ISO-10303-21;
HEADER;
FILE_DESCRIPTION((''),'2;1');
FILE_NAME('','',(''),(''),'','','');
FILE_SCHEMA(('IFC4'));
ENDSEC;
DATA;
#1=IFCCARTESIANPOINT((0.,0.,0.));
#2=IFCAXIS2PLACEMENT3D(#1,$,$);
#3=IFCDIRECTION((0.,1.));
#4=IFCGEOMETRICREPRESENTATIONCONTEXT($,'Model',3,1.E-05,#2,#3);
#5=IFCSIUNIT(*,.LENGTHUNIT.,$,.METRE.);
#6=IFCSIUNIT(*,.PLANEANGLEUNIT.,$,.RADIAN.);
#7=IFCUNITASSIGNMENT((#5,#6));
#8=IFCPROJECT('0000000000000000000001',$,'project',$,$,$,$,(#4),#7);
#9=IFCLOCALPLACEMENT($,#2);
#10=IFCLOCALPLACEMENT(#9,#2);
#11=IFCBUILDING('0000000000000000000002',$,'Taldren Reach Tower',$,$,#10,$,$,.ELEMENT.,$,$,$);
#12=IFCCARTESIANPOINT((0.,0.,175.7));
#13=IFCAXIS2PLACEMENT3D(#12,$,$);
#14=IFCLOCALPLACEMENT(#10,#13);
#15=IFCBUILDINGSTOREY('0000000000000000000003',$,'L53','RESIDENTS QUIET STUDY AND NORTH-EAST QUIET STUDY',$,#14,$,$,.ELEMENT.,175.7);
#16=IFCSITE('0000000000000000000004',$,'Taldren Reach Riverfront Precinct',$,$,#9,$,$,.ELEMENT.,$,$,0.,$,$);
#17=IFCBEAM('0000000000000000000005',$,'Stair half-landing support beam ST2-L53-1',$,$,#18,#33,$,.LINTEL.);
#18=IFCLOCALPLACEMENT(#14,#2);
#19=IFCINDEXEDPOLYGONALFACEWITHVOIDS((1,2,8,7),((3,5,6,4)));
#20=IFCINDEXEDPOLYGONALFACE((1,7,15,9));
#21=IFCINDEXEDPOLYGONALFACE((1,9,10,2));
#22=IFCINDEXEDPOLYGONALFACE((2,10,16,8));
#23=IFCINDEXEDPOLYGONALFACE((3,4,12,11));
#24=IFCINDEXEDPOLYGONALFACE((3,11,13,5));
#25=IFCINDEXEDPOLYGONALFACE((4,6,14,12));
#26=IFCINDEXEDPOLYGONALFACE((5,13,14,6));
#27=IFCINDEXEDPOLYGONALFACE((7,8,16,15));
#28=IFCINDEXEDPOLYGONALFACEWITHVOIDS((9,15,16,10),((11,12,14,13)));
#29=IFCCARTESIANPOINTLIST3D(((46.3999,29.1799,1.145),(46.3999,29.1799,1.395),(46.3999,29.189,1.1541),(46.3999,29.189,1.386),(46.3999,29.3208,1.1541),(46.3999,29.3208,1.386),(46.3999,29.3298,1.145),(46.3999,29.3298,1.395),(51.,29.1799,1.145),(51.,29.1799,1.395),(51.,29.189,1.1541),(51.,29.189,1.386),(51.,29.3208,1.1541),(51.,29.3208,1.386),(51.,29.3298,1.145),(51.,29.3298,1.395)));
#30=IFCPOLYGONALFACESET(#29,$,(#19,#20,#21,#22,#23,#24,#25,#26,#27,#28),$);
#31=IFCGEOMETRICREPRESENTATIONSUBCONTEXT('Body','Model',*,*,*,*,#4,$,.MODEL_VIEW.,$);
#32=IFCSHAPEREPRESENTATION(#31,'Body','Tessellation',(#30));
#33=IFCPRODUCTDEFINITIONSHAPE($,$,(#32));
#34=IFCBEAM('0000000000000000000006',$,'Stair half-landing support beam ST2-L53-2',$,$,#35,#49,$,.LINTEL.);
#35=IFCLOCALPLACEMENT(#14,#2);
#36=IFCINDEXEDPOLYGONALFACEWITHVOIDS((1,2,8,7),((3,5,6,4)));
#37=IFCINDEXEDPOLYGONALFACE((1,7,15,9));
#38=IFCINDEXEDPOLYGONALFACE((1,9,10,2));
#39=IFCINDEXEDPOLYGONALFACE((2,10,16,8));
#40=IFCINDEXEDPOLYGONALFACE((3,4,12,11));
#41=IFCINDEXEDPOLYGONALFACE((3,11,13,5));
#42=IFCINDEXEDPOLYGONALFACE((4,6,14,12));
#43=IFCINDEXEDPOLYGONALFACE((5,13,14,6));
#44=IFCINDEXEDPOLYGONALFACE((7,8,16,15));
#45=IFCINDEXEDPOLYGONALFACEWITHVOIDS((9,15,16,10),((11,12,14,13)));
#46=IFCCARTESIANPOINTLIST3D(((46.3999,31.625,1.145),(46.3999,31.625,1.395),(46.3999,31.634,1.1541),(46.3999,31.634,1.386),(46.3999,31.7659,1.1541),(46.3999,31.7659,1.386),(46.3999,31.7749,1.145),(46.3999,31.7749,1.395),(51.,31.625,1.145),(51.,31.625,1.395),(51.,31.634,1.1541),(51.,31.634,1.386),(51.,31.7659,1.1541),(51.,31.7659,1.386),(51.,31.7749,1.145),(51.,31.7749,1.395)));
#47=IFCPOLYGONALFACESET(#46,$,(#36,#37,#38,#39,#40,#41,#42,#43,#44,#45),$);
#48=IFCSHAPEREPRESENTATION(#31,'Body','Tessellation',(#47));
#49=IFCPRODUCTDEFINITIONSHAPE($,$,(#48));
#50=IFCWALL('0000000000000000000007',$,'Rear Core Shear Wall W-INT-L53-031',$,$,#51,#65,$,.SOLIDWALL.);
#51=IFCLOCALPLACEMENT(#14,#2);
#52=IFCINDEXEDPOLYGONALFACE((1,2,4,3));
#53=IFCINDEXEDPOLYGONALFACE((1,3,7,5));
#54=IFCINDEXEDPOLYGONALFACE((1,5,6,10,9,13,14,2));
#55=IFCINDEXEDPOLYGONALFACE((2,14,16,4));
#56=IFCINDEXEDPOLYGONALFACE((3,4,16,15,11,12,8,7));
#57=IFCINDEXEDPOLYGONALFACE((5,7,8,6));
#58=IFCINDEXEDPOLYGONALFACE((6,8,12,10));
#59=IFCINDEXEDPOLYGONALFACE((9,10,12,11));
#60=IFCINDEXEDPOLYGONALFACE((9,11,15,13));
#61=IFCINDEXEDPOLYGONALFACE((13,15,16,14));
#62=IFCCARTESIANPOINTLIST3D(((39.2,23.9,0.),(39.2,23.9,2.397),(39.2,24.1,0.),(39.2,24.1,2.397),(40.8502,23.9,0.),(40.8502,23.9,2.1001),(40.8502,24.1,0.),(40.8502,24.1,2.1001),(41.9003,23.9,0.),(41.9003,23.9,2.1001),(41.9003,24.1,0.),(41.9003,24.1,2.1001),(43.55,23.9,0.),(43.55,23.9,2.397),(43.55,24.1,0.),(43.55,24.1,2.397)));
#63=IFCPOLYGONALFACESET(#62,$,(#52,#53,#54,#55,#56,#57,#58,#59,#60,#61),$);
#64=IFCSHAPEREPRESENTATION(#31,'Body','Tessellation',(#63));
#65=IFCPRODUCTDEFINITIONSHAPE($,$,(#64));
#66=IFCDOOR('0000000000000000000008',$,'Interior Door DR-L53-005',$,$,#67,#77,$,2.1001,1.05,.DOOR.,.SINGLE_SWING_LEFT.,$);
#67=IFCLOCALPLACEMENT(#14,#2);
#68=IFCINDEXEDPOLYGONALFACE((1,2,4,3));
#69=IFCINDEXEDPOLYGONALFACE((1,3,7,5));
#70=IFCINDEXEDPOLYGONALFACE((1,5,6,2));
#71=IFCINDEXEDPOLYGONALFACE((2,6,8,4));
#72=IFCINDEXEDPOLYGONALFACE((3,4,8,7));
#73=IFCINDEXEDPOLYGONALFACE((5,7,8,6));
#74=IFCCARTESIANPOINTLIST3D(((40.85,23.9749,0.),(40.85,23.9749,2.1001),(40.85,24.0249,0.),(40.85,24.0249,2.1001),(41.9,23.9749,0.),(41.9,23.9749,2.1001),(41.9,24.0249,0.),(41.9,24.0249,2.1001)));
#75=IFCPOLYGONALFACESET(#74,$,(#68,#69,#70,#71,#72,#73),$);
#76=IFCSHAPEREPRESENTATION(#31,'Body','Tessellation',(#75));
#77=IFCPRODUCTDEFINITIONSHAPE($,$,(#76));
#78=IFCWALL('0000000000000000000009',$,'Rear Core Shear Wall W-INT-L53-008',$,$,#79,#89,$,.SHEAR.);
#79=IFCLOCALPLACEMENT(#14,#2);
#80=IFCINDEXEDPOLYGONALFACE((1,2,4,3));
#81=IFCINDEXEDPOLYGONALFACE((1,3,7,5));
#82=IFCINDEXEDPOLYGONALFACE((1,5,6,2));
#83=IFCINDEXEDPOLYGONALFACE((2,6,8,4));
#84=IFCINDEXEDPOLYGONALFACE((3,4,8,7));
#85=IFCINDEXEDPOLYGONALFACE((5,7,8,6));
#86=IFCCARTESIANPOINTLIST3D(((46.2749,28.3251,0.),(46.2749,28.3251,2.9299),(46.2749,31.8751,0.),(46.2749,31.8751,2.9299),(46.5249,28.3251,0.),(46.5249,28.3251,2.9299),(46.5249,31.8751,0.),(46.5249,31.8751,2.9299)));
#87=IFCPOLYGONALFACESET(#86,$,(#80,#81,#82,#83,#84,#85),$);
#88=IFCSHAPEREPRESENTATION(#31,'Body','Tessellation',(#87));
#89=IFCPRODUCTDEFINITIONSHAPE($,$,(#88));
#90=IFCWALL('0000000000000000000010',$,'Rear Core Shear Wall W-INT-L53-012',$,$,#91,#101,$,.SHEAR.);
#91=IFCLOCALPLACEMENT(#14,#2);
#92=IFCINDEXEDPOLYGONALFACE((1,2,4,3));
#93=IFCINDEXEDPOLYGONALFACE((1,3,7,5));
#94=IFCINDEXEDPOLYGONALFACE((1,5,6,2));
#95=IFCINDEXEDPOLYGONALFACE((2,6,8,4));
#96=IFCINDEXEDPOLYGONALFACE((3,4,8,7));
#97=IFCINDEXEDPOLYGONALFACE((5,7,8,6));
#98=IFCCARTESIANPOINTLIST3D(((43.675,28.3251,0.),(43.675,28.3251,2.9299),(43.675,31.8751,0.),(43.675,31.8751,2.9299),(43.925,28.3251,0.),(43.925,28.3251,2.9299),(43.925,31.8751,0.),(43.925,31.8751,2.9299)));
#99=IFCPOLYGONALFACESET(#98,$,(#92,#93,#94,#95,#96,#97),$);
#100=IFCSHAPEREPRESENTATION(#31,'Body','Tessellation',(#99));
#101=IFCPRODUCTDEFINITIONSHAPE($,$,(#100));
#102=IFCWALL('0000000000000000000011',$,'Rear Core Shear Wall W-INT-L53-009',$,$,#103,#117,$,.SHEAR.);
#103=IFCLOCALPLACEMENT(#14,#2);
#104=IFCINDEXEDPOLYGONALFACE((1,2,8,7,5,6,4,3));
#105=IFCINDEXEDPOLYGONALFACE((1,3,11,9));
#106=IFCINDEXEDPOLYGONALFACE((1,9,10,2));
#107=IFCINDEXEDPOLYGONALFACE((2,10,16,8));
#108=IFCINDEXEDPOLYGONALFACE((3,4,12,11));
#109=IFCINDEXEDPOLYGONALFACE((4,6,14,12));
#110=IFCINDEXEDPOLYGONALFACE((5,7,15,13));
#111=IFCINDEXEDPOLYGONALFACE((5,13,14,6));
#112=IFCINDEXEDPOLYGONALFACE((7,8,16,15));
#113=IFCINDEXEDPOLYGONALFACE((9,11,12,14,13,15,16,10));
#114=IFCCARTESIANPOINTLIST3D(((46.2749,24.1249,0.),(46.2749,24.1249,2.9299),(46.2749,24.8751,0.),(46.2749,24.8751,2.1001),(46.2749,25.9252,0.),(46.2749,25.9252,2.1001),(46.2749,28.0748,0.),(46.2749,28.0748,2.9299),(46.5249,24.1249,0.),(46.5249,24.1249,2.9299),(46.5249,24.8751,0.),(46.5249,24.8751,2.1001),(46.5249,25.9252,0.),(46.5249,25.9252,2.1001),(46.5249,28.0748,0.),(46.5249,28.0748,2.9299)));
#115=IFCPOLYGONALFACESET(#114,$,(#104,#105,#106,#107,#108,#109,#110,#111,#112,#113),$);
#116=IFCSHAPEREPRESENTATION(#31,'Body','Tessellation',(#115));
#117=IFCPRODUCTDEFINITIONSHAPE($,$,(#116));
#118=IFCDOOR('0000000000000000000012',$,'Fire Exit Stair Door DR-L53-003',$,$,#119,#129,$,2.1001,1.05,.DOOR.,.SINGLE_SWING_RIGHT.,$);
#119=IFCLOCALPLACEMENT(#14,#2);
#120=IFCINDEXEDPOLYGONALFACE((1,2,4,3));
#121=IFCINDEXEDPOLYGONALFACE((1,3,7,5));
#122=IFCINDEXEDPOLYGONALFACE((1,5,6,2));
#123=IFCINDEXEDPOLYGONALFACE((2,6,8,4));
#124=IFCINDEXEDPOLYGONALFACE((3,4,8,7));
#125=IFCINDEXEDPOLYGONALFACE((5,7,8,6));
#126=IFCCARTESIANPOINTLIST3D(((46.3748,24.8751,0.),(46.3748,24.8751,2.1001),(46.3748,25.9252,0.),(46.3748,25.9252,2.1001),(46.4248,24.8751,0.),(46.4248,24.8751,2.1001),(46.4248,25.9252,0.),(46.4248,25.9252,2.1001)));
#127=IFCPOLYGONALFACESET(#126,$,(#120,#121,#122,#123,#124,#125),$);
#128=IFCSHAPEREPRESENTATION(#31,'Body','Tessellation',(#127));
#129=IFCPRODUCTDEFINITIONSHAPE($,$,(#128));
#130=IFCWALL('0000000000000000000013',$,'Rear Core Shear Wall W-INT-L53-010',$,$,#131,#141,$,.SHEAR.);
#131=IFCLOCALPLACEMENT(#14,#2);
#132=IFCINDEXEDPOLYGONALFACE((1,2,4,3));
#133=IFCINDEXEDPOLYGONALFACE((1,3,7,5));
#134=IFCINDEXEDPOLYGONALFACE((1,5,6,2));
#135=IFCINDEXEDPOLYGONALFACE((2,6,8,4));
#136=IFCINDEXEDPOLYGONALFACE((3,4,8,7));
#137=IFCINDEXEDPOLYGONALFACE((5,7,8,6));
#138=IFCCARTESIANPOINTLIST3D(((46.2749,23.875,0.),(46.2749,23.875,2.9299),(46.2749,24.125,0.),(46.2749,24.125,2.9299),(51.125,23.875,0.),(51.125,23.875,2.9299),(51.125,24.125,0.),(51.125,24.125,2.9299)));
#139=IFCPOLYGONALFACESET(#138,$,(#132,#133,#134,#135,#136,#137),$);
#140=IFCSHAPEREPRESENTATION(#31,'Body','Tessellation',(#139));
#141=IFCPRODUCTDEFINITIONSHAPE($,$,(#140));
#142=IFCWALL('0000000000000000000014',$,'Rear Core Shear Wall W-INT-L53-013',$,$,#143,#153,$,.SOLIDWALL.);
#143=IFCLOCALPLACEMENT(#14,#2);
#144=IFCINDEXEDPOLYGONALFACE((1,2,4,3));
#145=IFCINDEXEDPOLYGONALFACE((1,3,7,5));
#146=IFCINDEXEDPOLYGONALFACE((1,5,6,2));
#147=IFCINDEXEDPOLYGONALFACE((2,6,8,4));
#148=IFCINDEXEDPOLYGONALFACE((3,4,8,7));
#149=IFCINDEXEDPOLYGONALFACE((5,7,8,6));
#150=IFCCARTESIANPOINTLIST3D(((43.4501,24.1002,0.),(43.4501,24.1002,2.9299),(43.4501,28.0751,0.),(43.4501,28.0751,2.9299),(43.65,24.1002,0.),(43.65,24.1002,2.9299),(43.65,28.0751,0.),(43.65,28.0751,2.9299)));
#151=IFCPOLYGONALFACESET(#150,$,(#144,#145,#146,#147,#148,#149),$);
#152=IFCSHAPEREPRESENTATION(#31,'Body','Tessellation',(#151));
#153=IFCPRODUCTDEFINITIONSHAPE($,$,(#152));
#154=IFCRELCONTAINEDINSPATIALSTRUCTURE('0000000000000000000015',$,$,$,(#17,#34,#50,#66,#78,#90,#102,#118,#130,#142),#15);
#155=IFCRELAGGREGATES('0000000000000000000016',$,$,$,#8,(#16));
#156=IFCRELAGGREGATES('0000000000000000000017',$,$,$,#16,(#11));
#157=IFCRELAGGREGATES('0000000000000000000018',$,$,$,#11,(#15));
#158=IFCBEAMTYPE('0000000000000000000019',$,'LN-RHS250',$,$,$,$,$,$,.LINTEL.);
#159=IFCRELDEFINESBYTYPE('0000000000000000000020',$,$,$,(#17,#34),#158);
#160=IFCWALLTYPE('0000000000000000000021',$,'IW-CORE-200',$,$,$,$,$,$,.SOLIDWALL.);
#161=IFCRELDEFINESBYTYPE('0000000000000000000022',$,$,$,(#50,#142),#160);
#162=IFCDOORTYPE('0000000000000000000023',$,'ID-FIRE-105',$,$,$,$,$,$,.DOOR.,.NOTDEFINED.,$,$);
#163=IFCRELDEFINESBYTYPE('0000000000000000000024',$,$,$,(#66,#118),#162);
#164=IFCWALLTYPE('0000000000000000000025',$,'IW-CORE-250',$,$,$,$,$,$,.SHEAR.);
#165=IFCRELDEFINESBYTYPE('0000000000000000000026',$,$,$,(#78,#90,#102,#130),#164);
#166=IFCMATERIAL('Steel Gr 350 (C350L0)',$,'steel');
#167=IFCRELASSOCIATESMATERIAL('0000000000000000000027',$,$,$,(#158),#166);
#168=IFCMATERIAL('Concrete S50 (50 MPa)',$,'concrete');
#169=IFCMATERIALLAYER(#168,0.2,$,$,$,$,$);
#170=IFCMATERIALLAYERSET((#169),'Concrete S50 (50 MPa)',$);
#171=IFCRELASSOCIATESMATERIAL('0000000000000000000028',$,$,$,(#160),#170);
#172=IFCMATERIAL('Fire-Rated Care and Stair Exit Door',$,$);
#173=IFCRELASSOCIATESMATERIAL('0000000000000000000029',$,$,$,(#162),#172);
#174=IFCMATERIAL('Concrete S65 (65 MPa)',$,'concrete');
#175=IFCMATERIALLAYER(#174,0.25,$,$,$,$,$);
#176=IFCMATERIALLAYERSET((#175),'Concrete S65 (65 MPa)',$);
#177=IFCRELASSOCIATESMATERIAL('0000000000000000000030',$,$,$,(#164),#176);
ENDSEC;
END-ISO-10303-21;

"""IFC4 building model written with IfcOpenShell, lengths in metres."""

from ifc_helpers import new_model, si_unit, direction, frame, frame_2d, origin, origin_2d, place, context, subcontext, project, spatial, rectangle, hollow_rectangle, extrude, source, transform, mapped, material, layer, layer_set, material_profile, profile_set, type_object, element, fill, save


model = new_model("IFC4")

# Units and contexts
model_context = context("Model", 3, precision=1e-05, world=origin(), true_north=direction((0.0, 1.0)))
body_context = subcontext(model_context, "Body", "Model", "MODEL_VIEW")
ifc_project = project(units=[si_unit("LENGTHUNIT", "METRE"), si_unit("PLANEANGLEUNIT", "RADIAN")], contexts=[model_context])

# Site, building, storey
site_placement = place(None, origin())
site = spatial("IfcSite", under=ifc_project, at=site_placement, Name="Taldren Reach Riverfront Precinct", CompositionType="ELEMENT", RefElevation=0.0)
building_placement = place(site_placement, origin())
building = spatial("IfcBuilding", under=site, at=building_placement, Name="Taldren Reach Tower", CompositionType="ELEMENT")
storey_placement = place(building_placement, frame((0.0, 0.0, 175.7)))
storey = spatial("IfcBuildingStorey", under=building, at=storey_placement, Name="L53", Description="RESIDENTS QUIET STUDY AND NORTH-EAST QUIET STUDY", CompositionType="ELEMENT", Elevation=175.7)

# Beams
ifc_material_1 = material(Name="Steel Gr 350 (C350L0)", Category="steel")
ifc_material_profile = material_profile(ifc_material_1, hollow_rectangle(XDim=0.1499, YDim=0.25, WallThickness=0.009, at=origin_2d()), Name="250x150x9.0RHS")
ifc_profile_set = profile_set([ifc_material_profile], Name="Steel Gr 350 (C350L0)")
beam_type = type_object("IfcBeamType", Name="LN-RHS250", PredefinedType="LINTEL", material=ifc_profile_set)
shared_shape_1 = source(origin(), body_context, "Body", "SweptSolid", [
    extrude(hollow_rectangle(XDim=0.1499, YDim=0.25, WallThickness=0.009, at=origin_2d()), origin(), (0.0, 0.0, 1.0), 4.6001),
])
for number, where, z_axis, x_axis, name in (
    (1, (46.3999, 29.2549, 1.27), (1.0, 0.0, 0.0), (0.0, 1.0, 0.0), "Stair half-landing support beam ST2-L53-1"),
    (2, (46.3999, 31.7, 1.27), (1.0, 0.0, 0.0), (0.0, 1.0, 0.0), "Stair half-landing support beam ST2-L53-2"),
):
    element("IfcBeam", number, at=place(storey_placement, frame(where, z_axis=z_axis, x_axis=x_axis)), inside=storey, type_object=beam_type, Name=name, PredefinedType="LINTEL", context=body_context, shape_type="MappedRepresentation", body=[
        mapped(shared_shape_1, transform((0.0, 0.0, 0.0), scale=1.0)),
    ])

# Wall, opening, door
ifc_material_2 = material(Name="Concrete S50 (50 MPa)", Category="concrete")
ifc_layer_1 = layer(ifc_material_2, 0.2)
ifc_layer_set_1 = layer_set([ifc_layer_1], Name="Concrete S50 (50 MPa)")
wall_type_1 = type_object("IfcWallType", Name="IW-CORE-200", PredefinedType="SOLIDWALL", material=ifc_layer_set_1)
shared_shape_2 = source(origin(), body_context, "Body", "SweptSolid", [
    extrude(rectangle(XDim=4.3501, YDim=0.2, at=frame_2d((2.175, 0.0))), origin(), (0.0, 0.0, 1.0), 2.397),
])
wall_1_placement = place(storey_placement, frame((43.55, 24.0, 0.0), z_axis=(0.0, 0.0, 1.0), x_axis=(-1.0, 0.0, 0.0)))
wall_1 = element("IfcWall", 3, at=wall_1_placement, inside=storey, type_object=wall_type_1, Name="Rear Core Shear Wall W-INT-L53-031", PredefinedType="SOLIDWALL", context=body_context, shape_type="MappedRepresentation", body=[
    mapped(shared_shape_2, transform((0.0, 0.0, 0.0), scale=1.0)),
])
shared_shape_3 = source(origin(), body_context, "Body", "SweptSolid", [
    extrude(rectangle(XDim=1.05, YDim=2.1001, at=frame_2d((0.5249, 1.05))), frame((0.0, 0.1099, 0.0), z_axis=(0.0, -1.0, 0.0), x_axis=(1.0, 0.0, 0.0)), (0.0, 0.0, 1.0), 0.22),
])
opening_1_placement = place(wall_1_placement, frame((1.6499, 0.0, 0.0)))
opening_1 = element("IfcOpeningElement", 4, at=opening_1_placement, cuts=wall_1, PredefinedType="OPENING", context=body_context, shape_type="MappedRepresentation", body=[
    mapped(shared_shape_3, transform((0.0, 0.0, 0.0), scale=1.0)),
])
ifc_material_3 = material(Name="Fire-Rated Care and Stair Exit Door")
door_type_1 = type_object("IfcDoorType", Name="ID-FIRE-105", OperationType="NOTDEFINED", PredefinedType="DOOR", material=ifc_material_3)
shared_shape_4 = source(origin(), body_context, "Body", "SweptSolid", [
    extrude(rectangle(XDim=1.05, YDim=2.1001, at=frame_2d((0.5249, 1.05))), frame((0.0, 0.0249, 0.0), z_axis=(0.0, -1.0, 0.0), x_axis=(1.0, 0.0, 0.0)), (0.0, 0.0, 1.0), 0.05),
])
door_1_placement = place(opening_1_placement, frame((1.05, 0.0, 0.0), z_axis=(0.0, 0.0, 1.0), x_axis=(-1.0, 0.0, 0.0)))
door_1 = element("IfcDoor", 5, at=door_1_placement, inside=storey, type_object=door_type_1, Name="Interior Door DR-L53-005", OperationType="SINGLE_SWING_LEFT", OverallHeight=2.1001, OverallWidth=1.05, PredefinedType="DOOR", context=body_context, shape_type="MappedRepresentation", body=[
    mapped(shared_shape_4, transform((0.0, 0.0, 0.0), scale=1.0)),
])
fill(opening_1, door_1)

# Walls
ifc_material_4 = material(Name="Concrete S65 (65 MPa)", Category="concrete")
ifc_layer_2 = layer(ifc_material_4, 0.25)
ifc_layer_set_2 = layer_set([ifc_layer_2], Name="Concrete S65 (65 MPa)")
wall_type_2 = type_object("IfcWallType", Name="IW-CORE-250", PredefinedType="SHEAR", material=ifc_layer_set_2)
shared_shape_5 = source(origin(), body_context, "Body", "SweptSolid", [
    extrude(rectangle(XDim=3.55, YDim=0.25, at=frame_2d((1.7749, 0.0))), origin(), (0.0, 0.0, 1.0), 2.9299),
])
for number, where, z_axis, x_axis, name in (
    (6, (46.3999, 31.875, 0.0), (0.0, 0.0, 1.0), (0.0, -1.0, 0.0), "Rear Core Shear Wall W-INT-L53-008"),
    (7, (43.8, 31.875, 0.0), (0.0, 0.0, 1.0), (0.0, -1.0, 0.0), "Rear Core Shear Wall W-INT-L53-012"),
):
    element("IfcWall", number, at=place(storey_placement, frame(where, z_axis=z_axis, x_axis=x_axis)), inside=storey, type_object=wall_type_2, Name=name, PredefinedType="SHEAR", context=body_context, shape_type="MappedRepresentation", body=[
        mapped(shared_shape_5, transform((0.0, 0.0, 0.0), scale=1.0)),
    ])

# Wall, opening, door
shared_shape_6 = source(origin(), body_context, "Body", "SweptSolid", [
    extrude(rectangle(XDim=3.95, YDim=0.25, at=frame_2d((1.9751, 0.0))), origin(), (0.0, 0.0, 1.0), 2.9299),
])
wall_2_placement = place(storey_placement, frame((46.3999, 28.075, 0.0), z_axis=(0.0, 0.0, 1.0), x_axis=(0.0, -1.0, 0.0)))
wall_2 = element("IfcWall", 8, at=wall_2_placement, inside=storey, type_object=wall_type_2, Name="Rear Core Shear Wall W-INT-L53-009", PredefinedType="SHEAR", context=body_context, shape_type="MappedRepresentation", body=[
    mapped(shared_shape_6, transform((0.0, 0.0, 0.0), scale=1.0)),
])
shared_shape_7 = source(origin(), body_context, "Body", "SweptSolid", [
    extrude(rectangle(XDim=1.05, YDim=2.1001, at=frame_2d((0.5249, 1.05))), frame((0.0, 0.135, 0.0), z_axis=(0.0, -1.0, 0.0), x_axis=(1.0, 0.0, 0.0)), (0.0, 0.0, 1.0), 0.27),
])
opening_2_placement = place(wall_2_placement, frame((2.1499, 0.0, 0.0)))
opening_2 = element("IfcOpeningElement", 9, at=opening_2_placement, cuts=wall_2, PredefinedType="OPENING", context=body_context, shape_type="MappedRepresentation", body=[
    mapped(shared_shape_7, transform((0.0, 0.0, 0.0), scale=1.0)),
])
door_2_placement = place(opening_2_placement, origin())
door_2 = element("IfcDoor", 10, at=door_2_placement, inside=storey, type_object=door_type_1, Name="Fire Exit Stair Door DR-L53-003", OperationType="SINGLE_SWING_RIGHT", OverallHeight=2.1001, OverallWidth=1.05, PredefinedType="DOOR", context=body_context, shape_type="MappedRepresentation", body=[
    mapped(shared_shape_4, transform((0.0, 0.0, 0.0), scale=1.0)),
])
fill(opening_2, door_2)

# Wall
shared_shape_8 = source(origin(), body_context, "Body", "SweptSolid", [
    extrude(rectangle(XDim=4.8501, YDim=0.25, at=frame_2d((2.425, 0.0))), origin(), (0.0, 0.0, 1.0), 2.9299),
])
wall_3_placement = place(storey_placement, frame((46.2749, 24.0, 0.0), z_axis=(0.0, 0.0, 1.0), x_axis=(1.0, 0.0, 0.0)))
element("IfcWall", 11, at=wall_3_placement, inside=storey, type_object=wall_type_2, Name="Rear Core Shear Wall W-INT-L53-010", PredefinedType="SHEAR", context=body_context, shape_type="MappedRepresentation", body=[
    mapped(shared_shape_8, transform((0.0, 0.0, 0.0), scale=1.0)),
])

# Wall
shared_shape_9 = source(origin(), body_context, "Body", "SweptSolid", [
    extrude(rectangle(XDim=3.9749, YDim=0.2, at=frame_2d((1.9873, 0.0))), origin(), (0.0, 0.0, 1.0), 2.9299),
])
wall_4_placement = place(storey_placement, frame((43.55, 28.075, 0.0), z_axis=(0.0, 0.0, 1.0), x_axis=(0.0, -1.0, 0.0)))
element("IfcWall", 12, at=wall_4_placement, inside=storey, type_object=wall_type_1, Name="Rear Core Shear Wall W-INT-L53-013", PredefinedType="SOLIDWALL", context=body_context, shape_type="MappedRepresentation", body=[
    mapped(shared_shape_9, transform((0.0, 0.0, 0.0), scale=1.0)),
])

save(model, "model.ifc")
